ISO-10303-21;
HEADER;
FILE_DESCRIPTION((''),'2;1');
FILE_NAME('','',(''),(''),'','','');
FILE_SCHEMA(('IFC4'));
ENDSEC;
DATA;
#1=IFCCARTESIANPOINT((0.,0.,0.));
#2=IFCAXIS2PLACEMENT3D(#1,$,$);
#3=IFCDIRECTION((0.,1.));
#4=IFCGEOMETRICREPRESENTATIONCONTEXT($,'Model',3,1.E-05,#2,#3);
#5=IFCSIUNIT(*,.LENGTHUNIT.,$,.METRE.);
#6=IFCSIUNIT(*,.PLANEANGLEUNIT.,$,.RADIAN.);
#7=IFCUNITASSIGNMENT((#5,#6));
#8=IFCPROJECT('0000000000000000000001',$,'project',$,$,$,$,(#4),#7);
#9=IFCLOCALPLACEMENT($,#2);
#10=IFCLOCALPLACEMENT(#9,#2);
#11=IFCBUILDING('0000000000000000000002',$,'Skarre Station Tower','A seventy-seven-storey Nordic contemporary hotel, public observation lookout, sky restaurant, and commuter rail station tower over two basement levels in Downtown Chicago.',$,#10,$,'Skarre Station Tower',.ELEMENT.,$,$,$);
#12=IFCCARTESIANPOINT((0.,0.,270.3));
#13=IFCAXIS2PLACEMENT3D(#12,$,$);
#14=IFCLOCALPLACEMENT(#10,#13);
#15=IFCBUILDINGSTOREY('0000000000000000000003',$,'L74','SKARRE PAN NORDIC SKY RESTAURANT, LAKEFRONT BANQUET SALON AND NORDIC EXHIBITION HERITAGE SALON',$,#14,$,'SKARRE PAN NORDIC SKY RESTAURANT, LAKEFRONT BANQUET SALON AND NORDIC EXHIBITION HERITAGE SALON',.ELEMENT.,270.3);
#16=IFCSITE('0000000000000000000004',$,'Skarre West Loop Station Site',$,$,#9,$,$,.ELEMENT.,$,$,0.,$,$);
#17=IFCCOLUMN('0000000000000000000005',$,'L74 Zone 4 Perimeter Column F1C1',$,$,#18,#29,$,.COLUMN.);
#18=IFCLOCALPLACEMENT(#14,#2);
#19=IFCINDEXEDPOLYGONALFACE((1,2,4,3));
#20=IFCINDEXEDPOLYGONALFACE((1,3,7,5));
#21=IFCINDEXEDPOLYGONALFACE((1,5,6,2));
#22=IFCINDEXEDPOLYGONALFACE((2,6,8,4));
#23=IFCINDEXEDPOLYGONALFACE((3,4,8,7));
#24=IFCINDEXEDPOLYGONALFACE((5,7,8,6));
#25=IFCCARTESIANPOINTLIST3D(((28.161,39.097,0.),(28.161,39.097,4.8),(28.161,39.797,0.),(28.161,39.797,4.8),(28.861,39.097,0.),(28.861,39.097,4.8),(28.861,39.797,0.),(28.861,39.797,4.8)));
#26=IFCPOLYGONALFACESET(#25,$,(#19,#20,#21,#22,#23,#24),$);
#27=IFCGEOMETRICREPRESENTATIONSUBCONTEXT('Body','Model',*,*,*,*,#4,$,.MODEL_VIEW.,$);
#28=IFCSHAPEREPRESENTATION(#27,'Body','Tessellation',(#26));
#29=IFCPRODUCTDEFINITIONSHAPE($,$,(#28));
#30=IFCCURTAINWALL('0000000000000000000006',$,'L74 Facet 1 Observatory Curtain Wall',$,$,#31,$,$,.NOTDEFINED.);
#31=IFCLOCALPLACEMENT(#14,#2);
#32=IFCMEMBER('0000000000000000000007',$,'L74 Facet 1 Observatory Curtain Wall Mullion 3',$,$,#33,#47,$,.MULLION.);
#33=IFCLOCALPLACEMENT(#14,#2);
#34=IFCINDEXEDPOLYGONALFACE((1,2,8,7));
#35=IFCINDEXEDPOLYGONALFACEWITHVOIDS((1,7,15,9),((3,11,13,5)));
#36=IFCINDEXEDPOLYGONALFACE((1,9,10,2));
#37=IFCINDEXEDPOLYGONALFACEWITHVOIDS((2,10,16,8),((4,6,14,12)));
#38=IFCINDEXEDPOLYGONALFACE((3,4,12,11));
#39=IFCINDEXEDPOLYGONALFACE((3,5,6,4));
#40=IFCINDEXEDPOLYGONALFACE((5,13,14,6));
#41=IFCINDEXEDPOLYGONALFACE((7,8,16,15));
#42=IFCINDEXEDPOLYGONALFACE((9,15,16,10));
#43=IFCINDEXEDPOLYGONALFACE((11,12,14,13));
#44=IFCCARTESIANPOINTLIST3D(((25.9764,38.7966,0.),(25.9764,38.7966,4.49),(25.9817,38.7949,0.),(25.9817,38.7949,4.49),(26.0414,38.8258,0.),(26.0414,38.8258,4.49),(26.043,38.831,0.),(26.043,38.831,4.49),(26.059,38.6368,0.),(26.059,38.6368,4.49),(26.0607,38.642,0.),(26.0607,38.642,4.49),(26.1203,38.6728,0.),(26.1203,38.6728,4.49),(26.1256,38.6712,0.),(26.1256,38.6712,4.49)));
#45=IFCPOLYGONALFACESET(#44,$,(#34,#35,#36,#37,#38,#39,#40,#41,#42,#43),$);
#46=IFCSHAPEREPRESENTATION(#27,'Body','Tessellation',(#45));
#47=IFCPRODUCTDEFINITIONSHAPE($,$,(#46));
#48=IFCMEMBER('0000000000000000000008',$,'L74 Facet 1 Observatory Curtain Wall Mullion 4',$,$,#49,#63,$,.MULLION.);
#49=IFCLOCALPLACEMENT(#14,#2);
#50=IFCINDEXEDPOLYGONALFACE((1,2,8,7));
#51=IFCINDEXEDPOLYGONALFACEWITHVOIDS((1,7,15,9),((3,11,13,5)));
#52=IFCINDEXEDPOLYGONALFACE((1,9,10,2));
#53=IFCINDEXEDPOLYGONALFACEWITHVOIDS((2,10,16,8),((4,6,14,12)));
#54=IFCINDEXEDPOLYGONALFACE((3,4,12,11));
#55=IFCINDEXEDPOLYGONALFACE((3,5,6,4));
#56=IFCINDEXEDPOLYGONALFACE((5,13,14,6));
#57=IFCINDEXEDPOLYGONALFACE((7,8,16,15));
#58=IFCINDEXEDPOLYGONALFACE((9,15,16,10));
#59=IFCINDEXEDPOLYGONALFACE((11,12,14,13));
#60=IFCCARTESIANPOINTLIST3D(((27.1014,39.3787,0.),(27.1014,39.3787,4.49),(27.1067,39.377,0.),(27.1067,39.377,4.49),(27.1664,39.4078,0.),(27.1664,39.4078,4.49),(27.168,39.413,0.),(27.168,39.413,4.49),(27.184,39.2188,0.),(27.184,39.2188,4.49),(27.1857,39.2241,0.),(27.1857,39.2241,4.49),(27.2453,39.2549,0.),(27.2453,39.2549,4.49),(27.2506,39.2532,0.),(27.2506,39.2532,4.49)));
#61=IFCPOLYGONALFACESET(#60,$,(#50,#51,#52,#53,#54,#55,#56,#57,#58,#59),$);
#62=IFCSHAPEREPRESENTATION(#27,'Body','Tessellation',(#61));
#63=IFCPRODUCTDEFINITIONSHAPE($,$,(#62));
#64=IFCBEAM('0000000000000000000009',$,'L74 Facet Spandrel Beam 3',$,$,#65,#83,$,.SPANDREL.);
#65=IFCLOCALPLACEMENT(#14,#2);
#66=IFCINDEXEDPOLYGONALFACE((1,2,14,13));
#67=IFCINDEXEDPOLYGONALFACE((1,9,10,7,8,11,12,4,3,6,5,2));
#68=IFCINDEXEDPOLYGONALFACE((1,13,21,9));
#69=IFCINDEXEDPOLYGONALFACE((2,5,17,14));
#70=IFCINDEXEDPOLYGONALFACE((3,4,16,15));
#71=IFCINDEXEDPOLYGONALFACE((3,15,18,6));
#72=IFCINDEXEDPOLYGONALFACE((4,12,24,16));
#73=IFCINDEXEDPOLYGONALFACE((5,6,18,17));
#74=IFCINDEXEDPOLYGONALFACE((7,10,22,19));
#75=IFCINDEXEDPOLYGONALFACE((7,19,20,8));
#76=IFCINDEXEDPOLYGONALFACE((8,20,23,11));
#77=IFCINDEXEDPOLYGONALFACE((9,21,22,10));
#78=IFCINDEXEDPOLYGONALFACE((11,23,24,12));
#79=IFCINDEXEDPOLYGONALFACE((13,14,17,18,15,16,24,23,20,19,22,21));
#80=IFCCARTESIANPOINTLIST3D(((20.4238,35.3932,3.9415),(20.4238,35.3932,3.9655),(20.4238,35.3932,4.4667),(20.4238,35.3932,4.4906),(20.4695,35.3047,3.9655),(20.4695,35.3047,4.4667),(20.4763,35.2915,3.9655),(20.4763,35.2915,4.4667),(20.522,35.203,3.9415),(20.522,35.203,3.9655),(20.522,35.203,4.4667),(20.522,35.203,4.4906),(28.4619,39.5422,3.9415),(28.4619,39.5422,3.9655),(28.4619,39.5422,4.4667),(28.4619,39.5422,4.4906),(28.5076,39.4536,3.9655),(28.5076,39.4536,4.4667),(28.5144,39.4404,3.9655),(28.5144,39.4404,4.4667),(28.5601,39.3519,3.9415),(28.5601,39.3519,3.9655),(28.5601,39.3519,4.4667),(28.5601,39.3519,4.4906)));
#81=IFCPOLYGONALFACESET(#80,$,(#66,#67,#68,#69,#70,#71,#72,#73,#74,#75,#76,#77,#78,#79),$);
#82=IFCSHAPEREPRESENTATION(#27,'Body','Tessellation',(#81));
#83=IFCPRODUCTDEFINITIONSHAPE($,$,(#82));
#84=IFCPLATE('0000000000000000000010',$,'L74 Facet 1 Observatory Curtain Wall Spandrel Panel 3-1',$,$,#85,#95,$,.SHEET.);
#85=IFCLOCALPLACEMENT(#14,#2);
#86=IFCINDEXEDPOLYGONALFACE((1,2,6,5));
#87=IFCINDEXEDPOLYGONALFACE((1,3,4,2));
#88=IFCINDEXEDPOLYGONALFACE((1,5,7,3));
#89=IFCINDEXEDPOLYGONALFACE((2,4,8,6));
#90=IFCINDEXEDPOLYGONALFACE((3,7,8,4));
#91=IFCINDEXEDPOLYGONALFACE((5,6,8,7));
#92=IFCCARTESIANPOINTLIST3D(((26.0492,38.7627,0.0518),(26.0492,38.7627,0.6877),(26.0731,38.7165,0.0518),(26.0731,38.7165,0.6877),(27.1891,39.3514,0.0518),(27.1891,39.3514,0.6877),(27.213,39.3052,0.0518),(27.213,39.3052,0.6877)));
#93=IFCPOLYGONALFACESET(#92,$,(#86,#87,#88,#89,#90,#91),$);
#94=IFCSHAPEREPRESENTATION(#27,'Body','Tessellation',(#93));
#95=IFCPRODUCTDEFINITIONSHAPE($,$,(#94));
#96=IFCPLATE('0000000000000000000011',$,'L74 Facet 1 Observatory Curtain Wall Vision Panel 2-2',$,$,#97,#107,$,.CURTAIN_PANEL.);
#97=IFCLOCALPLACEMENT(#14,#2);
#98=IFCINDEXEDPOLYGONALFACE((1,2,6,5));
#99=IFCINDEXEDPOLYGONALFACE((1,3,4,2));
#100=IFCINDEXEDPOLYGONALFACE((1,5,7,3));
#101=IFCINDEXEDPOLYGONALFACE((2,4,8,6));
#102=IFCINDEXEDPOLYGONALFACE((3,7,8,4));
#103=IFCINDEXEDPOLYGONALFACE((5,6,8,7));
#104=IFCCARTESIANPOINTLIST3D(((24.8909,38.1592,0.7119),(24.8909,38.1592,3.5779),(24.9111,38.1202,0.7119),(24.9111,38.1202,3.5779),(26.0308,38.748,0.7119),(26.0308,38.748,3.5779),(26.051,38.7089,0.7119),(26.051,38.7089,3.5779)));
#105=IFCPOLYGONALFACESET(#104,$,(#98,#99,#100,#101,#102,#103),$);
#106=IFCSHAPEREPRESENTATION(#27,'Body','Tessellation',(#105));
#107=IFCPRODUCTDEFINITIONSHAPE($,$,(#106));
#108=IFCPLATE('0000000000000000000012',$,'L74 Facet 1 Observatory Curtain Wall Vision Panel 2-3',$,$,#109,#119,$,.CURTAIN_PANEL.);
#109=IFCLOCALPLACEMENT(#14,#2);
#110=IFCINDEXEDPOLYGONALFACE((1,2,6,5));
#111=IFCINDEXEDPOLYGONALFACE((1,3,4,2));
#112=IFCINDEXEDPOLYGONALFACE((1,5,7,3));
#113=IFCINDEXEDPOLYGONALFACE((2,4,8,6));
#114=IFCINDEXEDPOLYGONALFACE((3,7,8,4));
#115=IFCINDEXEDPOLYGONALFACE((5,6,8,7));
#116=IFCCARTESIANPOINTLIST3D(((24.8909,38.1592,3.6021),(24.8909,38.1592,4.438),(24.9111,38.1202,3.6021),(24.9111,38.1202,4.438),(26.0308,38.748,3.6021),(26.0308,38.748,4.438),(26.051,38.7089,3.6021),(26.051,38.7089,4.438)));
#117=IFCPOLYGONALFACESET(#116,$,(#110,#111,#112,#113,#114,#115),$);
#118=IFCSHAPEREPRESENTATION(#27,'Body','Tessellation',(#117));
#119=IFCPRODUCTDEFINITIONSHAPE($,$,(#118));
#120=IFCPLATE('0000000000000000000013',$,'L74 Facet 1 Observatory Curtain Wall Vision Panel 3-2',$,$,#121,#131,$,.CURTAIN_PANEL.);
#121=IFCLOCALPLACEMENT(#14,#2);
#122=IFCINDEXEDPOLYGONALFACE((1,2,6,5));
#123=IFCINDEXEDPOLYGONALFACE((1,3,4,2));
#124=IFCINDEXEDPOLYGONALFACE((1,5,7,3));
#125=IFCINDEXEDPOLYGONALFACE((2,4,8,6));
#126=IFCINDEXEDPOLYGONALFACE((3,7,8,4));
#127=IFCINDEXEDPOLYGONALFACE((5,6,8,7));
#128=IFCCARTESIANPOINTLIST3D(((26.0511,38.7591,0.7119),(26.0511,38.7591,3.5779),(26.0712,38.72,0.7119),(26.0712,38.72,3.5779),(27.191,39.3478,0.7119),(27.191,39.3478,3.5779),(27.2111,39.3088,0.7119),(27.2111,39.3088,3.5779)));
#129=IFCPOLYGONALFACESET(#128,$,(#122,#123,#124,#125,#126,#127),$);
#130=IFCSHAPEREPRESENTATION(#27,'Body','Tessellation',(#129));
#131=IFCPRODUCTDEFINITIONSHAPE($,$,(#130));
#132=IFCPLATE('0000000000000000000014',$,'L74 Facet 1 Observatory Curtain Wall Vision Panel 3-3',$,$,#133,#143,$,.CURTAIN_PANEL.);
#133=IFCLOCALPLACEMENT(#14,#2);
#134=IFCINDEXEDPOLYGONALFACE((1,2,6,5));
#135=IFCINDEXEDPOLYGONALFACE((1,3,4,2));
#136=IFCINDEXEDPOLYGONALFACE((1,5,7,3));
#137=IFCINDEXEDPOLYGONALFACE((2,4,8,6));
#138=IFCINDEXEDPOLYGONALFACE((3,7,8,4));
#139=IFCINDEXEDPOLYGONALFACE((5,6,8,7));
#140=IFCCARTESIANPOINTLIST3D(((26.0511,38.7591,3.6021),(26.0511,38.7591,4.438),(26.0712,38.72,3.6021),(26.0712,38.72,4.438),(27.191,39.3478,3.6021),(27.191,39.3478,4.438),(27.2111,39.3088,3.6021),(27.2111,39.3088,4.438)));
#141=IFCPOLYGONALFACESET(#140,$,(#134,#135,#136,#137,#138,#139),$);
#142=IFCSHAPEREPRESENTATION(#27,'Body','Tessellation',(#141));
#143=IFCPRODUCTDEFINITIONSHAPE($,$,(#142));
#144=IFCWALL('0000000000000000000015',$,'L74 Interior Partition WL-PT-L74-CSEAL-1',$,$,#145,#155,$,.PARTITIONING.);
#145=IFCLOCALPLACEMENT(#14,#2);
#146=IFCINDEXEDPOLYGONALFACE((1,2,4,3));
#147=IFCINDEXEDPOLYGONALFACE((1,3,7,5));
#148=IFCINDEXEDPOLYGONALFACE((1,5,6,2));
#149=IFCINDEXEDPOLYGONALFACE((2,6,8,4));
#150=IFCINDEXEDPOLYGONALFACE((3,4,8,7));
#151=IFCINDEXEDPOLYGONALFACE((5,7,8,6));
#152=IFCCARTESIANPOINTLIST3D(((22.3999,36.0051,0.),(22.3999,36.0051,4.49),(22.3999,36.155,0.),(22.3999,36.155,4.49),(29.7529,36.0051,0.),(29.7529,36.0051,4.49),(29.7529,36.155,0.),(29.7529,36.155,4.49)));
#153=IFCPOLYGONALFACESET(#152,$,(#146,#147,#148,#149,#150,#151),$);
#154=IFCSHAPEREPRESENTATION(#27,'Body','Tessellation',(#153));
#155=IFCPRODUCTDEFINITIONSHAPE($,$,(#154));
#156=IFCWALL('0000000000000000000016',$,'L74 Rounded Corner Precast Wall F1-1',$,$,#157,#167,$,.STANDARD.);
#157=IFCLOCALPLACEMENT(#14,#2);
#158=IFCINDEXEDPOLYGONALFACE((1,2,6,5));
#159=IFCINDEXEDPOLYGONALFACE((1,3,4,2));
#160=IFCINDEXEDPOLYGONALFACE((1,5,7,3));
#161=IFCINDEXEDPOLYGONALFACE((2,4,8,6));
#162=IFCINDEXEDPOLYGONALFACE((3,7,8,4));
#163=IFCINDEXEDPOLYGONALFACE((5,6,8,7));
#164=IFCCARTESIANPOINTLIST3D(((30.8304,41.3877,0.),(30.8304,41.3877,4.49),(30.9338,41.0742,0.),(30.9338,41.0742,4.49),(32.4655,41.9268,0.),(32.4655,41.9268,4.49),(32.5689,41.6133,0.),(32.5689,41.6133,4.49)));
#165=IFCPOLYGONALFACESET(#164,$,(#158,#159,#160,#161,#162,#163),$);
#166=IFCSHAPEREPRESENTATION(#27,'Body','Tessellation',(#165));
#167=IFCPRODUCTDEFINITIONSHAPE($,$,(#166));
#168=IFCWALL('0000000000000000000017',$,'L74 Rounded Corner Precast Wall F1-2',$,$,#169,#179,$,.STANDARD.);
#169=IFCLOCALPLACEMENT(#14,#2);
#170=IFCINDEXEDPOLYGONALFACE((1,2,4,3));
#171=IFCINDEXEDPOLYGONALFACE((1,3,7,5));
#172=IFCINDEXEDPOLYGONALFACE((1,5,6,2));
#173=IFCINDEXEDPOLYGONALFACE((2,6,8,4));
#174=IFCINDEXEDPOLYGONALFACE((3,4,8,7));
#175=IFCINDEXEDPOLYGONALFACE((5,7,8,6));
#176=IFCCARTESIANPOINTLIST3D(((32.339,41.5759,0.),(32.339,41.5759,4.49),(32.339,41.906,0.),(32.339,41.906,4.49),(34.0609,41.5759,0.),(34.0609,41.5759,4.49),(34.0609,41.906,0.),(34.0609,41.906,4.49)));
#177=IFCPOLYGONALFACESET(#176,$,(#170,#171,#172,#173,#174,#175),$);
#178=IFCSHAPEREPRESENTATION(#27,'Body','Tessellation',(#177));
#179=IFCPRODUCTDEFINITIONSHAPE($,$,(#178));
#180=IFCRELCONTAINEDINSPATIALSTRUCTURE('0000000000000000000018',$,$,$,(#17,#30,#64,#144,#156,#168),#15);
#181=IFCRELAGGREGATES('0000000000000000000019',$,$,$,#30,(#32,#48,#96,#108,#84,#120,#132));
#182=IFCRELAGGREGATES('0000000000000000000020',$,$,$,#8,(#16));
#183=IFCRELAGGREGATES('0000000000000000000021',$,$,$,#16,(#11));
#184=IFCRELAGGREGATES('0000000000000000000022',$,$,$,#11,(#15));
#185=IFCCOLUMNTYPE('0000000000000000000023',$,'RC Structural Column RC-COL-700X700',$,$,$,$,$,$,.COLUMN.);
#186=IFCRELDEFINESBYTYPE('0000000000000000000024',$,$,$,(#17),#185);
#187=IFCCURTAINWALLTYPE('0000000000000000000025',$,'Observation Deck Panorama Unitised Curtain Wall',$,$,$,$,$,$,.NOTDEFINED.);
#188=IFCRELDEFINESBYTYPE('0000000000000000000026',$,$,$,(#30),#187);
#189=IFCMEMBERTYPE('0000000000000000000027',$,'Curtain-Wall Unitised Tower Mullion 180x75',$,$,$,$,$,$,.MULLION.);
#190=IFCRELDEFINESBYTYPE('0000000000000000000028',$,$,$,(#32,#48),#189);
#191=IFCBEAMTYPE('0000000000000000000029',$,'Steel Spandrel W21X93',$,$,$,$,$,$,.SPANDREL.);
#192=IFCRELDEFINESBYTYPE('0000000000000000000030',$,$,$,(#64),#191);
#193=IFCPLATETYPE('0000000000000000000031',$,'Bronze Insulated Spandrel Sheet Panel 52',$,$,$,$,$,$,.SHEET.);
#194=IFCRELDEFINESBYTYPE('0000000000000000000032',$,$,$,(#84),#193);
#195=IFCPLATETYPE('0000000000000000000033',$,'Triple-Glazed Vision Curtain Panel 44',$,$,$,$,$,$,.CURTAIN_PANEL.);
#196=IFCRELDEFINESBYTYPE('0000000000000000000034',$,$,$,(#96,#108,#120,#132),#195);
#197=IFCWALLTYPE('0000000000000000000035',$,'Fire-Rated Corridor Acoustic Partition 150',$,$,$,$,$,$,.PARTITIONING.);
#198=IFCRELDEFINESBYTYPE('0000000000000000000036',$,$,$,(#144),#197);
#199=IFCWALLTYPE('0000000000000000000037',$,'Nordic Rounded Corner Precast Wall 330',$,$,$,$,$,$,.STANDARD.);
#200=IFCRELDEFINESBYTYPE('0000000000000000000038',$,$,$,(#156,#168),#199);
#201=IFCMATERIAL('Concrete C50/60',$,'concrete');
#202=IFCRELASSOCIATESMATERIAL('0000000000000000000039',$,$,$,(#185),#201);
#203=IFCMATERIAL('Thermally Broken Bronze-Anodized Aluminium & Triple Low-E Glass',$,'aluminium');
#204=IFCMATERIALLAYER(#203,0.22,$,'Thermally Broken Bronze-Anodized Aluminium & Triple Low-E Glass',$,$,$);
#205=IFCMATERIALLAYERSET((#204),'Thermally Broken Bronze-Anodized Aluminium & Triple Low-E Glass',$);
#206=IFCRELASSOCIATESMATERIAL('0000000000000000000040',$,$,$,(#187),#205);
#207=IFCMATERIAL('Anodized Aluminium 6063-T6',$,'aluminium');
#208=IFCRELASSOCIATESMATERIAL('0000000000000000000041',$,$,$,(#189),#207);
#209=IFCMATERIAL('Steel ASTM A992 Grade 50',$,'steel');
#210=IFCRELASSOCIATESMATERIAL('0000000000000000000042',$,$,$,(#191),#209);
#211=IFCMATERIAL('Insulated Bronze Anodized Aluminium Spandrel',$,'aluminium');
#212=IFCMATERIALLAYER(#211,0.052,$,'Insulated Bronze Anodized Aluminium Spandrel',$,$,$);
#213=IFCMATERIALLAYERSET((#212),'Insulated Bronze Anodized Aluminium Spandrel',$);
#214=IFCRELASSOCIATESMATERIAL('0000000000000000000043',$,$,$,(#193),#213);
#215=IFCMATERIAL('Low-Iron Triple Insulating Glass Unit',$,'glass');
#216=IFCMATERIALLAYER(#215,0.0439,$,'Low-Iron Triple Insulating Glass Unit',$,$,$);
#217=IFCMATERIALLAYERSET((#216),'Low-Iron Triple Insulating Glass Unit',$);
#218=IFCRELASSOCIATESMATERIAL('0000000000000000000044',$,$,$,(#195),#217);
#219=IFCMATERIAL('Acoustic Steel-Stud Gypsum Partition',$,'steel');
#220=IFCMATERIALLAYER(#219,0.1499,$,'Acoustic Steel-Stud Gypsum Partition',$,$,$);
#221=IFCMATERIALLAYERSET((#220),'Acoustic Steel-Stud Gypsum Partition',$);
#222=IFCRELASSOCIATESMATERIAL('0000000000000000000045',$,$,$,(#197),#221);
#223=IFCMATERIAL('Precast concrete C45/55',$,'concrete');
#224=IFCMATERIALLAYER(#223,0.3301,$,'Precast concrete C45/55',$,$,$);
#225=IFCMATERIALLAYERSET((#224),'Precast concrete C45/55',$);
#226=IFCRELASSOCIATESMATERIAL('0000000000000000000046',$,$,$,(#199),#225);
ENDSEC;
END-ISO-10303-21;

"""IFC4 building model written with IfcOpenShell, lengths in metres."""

from ifc_helpers import new_model, si_unit, direction, frame, frame_2d, origin, origin_2d, place, context, subcontext, project, spatial, rectangle, hollow_rectangle, i_section, extrude, material, layer, layer_set, material_profile, profile_set, type_object, element, aggregate, save


model = new_model("IFC4")

# Units and contexts
model_context = context("Model", 3, precision=1e-05, world=origin(), true_north=direction((0.0, 1.0)))
body_context = subcontext(model_context, "Body", "Model", "MODEL_VIEW")
ifc_project = project(units=[si_unit("LENGTHUNIT", "METRE"), si_unit("PLANEANGLEUNIT", "RADIAN")], contexts=[model_context])

# Site, building, storey
site_placement = place(None, origin())
site = spatial("IfcSite", under=ifc_project, at=site_placement, Name="Skarre West Loop Station Site", CompositionType="ELEMENT", RefElevation=0.0)
building_placement = place(site_placement, origin())
building = spatial("IfcBuilding", under=site, at=building_placement, Name="Skarre Station Tower", Description="A seventy-seven-storey Nordic contemporary hotel, public observation lookout, sky restaurant, and commuter rail station tower over two basement levels in Downtown Chicago.", LongName="Skarre Station Tower", CompositionType="ELEMENT")
storey_placement = place(building_placement, frame((0.0, 0.0, 270.3)))
storey = spatial("IfcBuildingStorey", under=building, at=storey_placement, Name="L74", Description="SKARRE PAN NORDIC SKY RESTAURANT, LAKEFRONT BANQUET SALON AND NORDIC EXHIBITION HERITAGE SALON", LongName="SKARRE PAN NORDIC SKY RESTAURANT, LAKEFRONT BANQUET SALON AND NORDIC EXHIBITION HERITAGE SALON", CompositionType="ELEMENT", Elevation=270.3)

# Column
ifc_material_1 = material(Name="Concrete C50/60", Category="concrete")
ifc_material_profile_1 = material_profile(ifc_material_1, rectangle(XDim=0.7, YDim=0.7, at=origin_2d()), Name="Concrete C50/60")
ifc_profile_set_1 = profile_set([ifc_material_profile_1], Name="Concrete C50/60")
column_type = type_object("IfcColumnType", Name="RC Structural Column RC-COL-700X700", PredefinedType="COLUMN", material=ifc_profile_set_1)
column_placement = place(storey_placement, frame((28.511, 39.447, 0.0), z_axis=(0.0, 0.0, 1.0), x_axis=(1.0, 0.0, 0.0)))
element("IfcColumn", 1, at=column_placement, inside=storey, type_object=column_type, Name="L74 Zone 4 Perimeter Column F1C1", PredefinedType="COLUMN", context=body_context, shape_type="SweptSolid", body=[
    extrude(rectangle(XDim=0.7, YDim=0.7, at=origin_2d()), origin(), (0.0, 0.0, 1.0), 4.8),
])

# Curtain wall, members
ifc_material_2 = material(Name="Thermally Broken Bronze-Anodized Aluminium & Triple Low-E Glass", Category="aluminium")
ifc_layer_1 = layer(ifc_material_2, 0.22, Name="Thermally Broken Bronze-Anodized Aluminium & Triple Low-E Glass")
ifc_layer_set_1 = layer_set([ifc_layer_1], Name="Thermally Broken Bronze-Anodized Aluminium & Triple Low-E Glass")
curtain_wall_type = type_object("IfcCurtainWallType", Name="Observation Deck Panorama Unitised Curtain Wall", PredefinedType="NOTDEFINED", material=ifc_layer_set_1)
curtain_wall_placement = place(storey_placement, origin())
curtain_wall = element("IfcCurtainWall", 2, at=curtain_wall_placement, inside=storey, type_object=curtain_wall_type, Name="L74 Facet 1 Observatory Curtain Wall", PredefinedType="NOTDEFINED")
ifc_material_3 = material(Name="Anodized Aluminium 6063-T6", Category="aluminium")
ifc_material_profile_2 = material_profile(ifc_material_3, hollow_rectangle(XDim=0.075, YDim=0.1799, WallThickness=0.0039, at=origin_2d()), Name="Anodized Aluminium 6063-T6")
ifc_profile_set_2 = profile_set([ifc_material_profile_2], Name="Anodized Aluminium 6063-T6")
member_type = type_object("IfcMemberType", Name="Curtain-Wall Unitised Tower Mullion 180x75", PredefinedType="MULLION", material=ifc_profile_set_2)
member_1_placement = place(storey_placement, frame((26.051, 38.7339, 0.0), z_axis=(0.0, 0.0, 1.0), x_axis=(0.888481, 0.458913, 0.0)))
member_1 = element("IfcMember", 3, at=member_1_placement, type_object=member_type, Name="L74 Facet 1 Observatory Curtain Wall Mullion 3", PredefinedType="MULLION", context=body_context, shape_type="SweptSolid", body=[
    extrude(hollow_rectangle(XDim=0.075, YDim=0.1799, WallThickness=0.0039, at=origin_2d()), origin(), (0.0, 0.0, 1.0), 4.49),
])
member_2_placement = place(storey_placement, frame((27.176, 39.3159, 0.0), z_axis=(0.0, 0.0, 1.0), x_axis=(0.888481, 0.458913, 0.0)))
member_2 = element("IfcMember", 4, at=member_2_placement, type_object=member_type, Name="L74 Facet 1 Observatory Curtain Wall Mullion 4", PredefinedType="MULLION", context=body_context, shape_type="SweptSolid", body=[
    extrude(hollow_rectangle(XDim=0.075, YDim=0.1799, WallThickness=0.0039, at=origin_2d()), origin(), (0.0, 0.0, 1.0), 4.49),
])

# Beam
ifc_material_4 = material(Name="Steel ASTM A992 Grade 50", Category="steel")
ifc_material_profile_3 = material_profile(ifc_material_4, i_section(OverallWidth=0.2141, OverallDepth=0.5491, WebThickness=0.0149, FlangeThickness=0.0239, at=origin_2d()), Name="Steel ASTM A992 Grade 50")
ifc_profile_set_3 = profile_set([ifc_material_profile_3], Name="Steel ASTM A992 Grade 50")
beam_type = type_object("IfcBeamType", Name="Steel Spandrel W21X93", PredefinedType="SPANDREL", material=ifc_profile_set_3)
beam_placement = place(storey_placement, frame((28.511, 39.447, 4.2161), z_axis=(-0.88861, -0.458664, 0.0), x_axis=(0.458664, -0.88861, 0.0)))
element("IfcBeam", 5, at=beam_placement, inside=storey, type_object=beam_type, Name="L74 Facet Spandrel Beam 3", PredefinedType="SPANDREL", context=body_context, shape_type="SweptSolid", body=[
    extrude(i_section(OverallWidth=0.2141, OverallDepth=0.5491, WebThickness=0.0149, FlangeThickness=0.0239, at=origin_2d()), origin(), (0.0, 0.0, 1.0), 9.0457),
])

# Plates
ifc_material_5 = material(Name="Insulated Bronze Anodized Aluminium Spandrel", Category="aluminium")
ifc_layer_2 = layer(ifc_material_5, 0.052, Name="Insulated Bronze Anodized Aluminium Spandrel")
ifc_layer_set_2 = layer_set([ifc_layer_2], Name="Insulated Bronze Anodized Aluminium Spandrel")
plate_type_1 = type_object("IfcPlateType", Name="Bronze Insulated Spandrel Sheet Panel 52", PredefinedType="SHEET", material=ifc_layer_set_2)
plate_1_placement = place(storey_placement, frame((26.6311, 39.0339, 0.0518), z_axis=(0.0, 0.0, 1.0), x_axis=(0.888481, 0.458913, 0.0)))
plate_1 = element("IfcPlate", 6, at=plate_1_placement, type_object=plate_type_1, Name="L74 Facet 1 Observatory Curtain Wall Spandrel Panel 3-1", PredefinedType="SHEET", context=body_context, shape_type="SweptSolid", body=[
    extrude(rectangle(XDim=1.283, YDim=0.052, at=origin_2d()), origin(), (0.0, 0.0, 1.0), 0.636),
])
ifc_material_6 = material(Name="Low-Iron Triple Insulating Glass Unit", Category="glass")
ifc_layer_3 = layer(ifc_material_6, 0.0439, Name="Low-Iron Triple Insulating Glass Unit")
ifc_layer_set_3 = layer_set([ifc_layer_3], Name="Low-Iron Triple Insulating Glass Unit")
plate_type_2 = type_object("IfcPlateType", Name="Triple-Glazed Vision Curtain Panel 44", PredefinedType="CURTAIN_PANEL", material=ifc_layer_set_3)
plate_2_placement = place(storey_placement, frame((25.4709, 38.4341, 0.7119), z_axis=(0.0, 0.0, 1.0), x_axis=(0.888481, 0.458913, 0.0)))
plate_2 = element("IfcPlate", 7, at=plate_2_placement, type_object=plate_type_2, Name="L74 Facet 1 Observatory Curtain Wall Vision Panel 2-2", PredefinedType="CURTAIN_PANEL", context=body_context, shape_type="SweptSolid", body=[
    extrude(rectangle(XDim=1.283, YDim=0.0439, at=origin_2d()), origin(), (0.0, 0.0, 1.0), 2.866),
])
plate_3_placement = place(storey_placement, frame((25.4709, 38.4341, 3.6021), z_axis=(0.0, 0.0, 1.0), x_axis=(0.888481, 0.458913, 0.0)))
plate_3 = element("IfcPlate", 8, at=plate_3_placement, type_object=plate_type_2, Name="L74 Facet 1 Observatory Curtain Wall Vision Panel 2-3", PredefinedType="CURTAIN_PANEL", context=body_context, shape_type="SweptSolid", body=[
    extrude(rectangle(XDim=1.283, YDim=0.0439, at=origin_2d()), origin(), (0.0, 0.0, 1.0), 0.8359),
])
plate_4_placement = place(storey_placement, frame((26.6311, 39.0339, 0.7119), z_axis=(0.0, 0.0, 1.0), x_axis=(0.888481, 0.458913, 0.0)))
plate_4 = element("IfcPlate", 9, at=plate_4_placement, type_object=plate_type_2, Name="L74 Facet 1 Observatory Curtain Wall Vision Panel 3-2", PredefinedType="CURTAIN_PANEL", context=body_context, shape_type="SweptSolid", body=[
    extrude(rectangle(XDim=1.283, YDim=0.0439, at=origin_2d()), origin(), (0.0, 0.0, 1.0), 2.866),
])
plate_5_placement = place(storey_placement, frame((26.6311, 39.0339, 3.6021), z_axis=(0.0, 0.0, 1.0), x_axis=(0.888481, 0.458913, 0.0)))
plate_5 = element("IfcPlate", 10, at=plate_5_placement, type_object=plate_type_2, Name="L74 Facet 1 Observatory Curtain Wall Vision Panel 3-3", PredefinedType="CURTAIN_PANEL", context=body_context, shape_type="SweptSolid", body=[
    extrude(rectangle(XDim=1.283, YDim=0.0439, at=origin_2d()), origin(), (0.0, 0.0, 1.0), 0.8359),
])
aggregate(curtain_wall, [member_1, member_2, plate_2, plate_3, plate_1, plate_4, plate_5])

# Walls
ifc_material_7 = material(Name="Acoustic Steel-Stud Gypsum Partition", Category="steel")
ifc_layer_4 = layer(ifc_material_7, 0.1499, Name="Acoustic Steel-Stud Gypsum Partition")
ifc_layer_set_4 = layer_set([ifc_layer_4], Name="Acoustic Steel-Stud Gypsum Partition")
wall_type_1 = type_object("IfcWallType", Name="Fire-Rated Corridor Acoustic Partition 150", PredefinedType="PARTITIONING", material=ifc_layer_set_4)
wall_1_placement = place(storey_placement, frame((29.7529, 36.0801, 0.0), z_axis=(0.0, 0.0, 1.0), x_axis=(-1.0, 0.0, 0.0)))
element("IfcWall", 11, at=wall_1_placement, inside=storey, type_object=wall_type_1, Name="L74 Interior Partition WL-PT-L74-CSEAL-1", PredefinedType="PARTITIONING", context=body_context, shape_type="SweptSolid", body=[
    extrude(rectangle(XDim=7.353, YDim=0.1499, at=frame_2d((3.6765, 0.0))), origin(), (0.0, 0.0, 1.0), 4.49),
])
ifc_material_8 = material(Name="Precast concrete C45/55", Category="concrete")
ifc_layer_5 = layer(ifc_material_8, 0.3301, Name="Precast concrete C45/55")
ifc_layer_set_5 = layer_set([ifc_layer_5], Name="Precast concrete C45/55")
wall_type_2 = type_object("IfcWallType", Name="Nordic Rounded Corner Precast Wall 330", PredefinedType="STANDARD", material=ifc_layer_set_5)
wall_2_placement = place(storey_placement, frame((30.8821, 41.231, 0.0), z_axis=(0.0, 0.0, 1.0), x_axis=(0.949713, 0.31312, 0.0)))
element("IfcWall", 12, at=wall_2_placement, inside=storey, type_object=wall_type_2, Name="L74 Rounded Corner Precast Wall F1-1", PredefinedType="STANDARD", context=body_context, shape_type="SweptSolid", body=[
    extrude(rectangle(XDim=1.7217, YDim=0.3301, at=frame_2d((0.8608, 0.0))), origin(), (0.0, 0.0, 1.0), 4.49),
])
wall_3_placement = place(storey_placement, frame((32.3391, 41.741, 0.0), z_axis=(0.0, 0.0, 1.0), x_axis=(1.0, 0.0, 0.0)))
element("IfcWall", 13, at=wall_3_placement, inside=storey, type_object=wall_type_2, Name="L74 Rounded Corner Precast Wall F1-2", PredefinedType="STANDARD", context=body_context, shape_type="SweptSolid", body=[
    extrude(rectangle(XDim=1.7219, YDim=0.3301, at=frame_2d((0.8608, 0.0))), origin(), (0.0, 0.0, 1.0), 4.49),
])

save(model, "model.ifc")
